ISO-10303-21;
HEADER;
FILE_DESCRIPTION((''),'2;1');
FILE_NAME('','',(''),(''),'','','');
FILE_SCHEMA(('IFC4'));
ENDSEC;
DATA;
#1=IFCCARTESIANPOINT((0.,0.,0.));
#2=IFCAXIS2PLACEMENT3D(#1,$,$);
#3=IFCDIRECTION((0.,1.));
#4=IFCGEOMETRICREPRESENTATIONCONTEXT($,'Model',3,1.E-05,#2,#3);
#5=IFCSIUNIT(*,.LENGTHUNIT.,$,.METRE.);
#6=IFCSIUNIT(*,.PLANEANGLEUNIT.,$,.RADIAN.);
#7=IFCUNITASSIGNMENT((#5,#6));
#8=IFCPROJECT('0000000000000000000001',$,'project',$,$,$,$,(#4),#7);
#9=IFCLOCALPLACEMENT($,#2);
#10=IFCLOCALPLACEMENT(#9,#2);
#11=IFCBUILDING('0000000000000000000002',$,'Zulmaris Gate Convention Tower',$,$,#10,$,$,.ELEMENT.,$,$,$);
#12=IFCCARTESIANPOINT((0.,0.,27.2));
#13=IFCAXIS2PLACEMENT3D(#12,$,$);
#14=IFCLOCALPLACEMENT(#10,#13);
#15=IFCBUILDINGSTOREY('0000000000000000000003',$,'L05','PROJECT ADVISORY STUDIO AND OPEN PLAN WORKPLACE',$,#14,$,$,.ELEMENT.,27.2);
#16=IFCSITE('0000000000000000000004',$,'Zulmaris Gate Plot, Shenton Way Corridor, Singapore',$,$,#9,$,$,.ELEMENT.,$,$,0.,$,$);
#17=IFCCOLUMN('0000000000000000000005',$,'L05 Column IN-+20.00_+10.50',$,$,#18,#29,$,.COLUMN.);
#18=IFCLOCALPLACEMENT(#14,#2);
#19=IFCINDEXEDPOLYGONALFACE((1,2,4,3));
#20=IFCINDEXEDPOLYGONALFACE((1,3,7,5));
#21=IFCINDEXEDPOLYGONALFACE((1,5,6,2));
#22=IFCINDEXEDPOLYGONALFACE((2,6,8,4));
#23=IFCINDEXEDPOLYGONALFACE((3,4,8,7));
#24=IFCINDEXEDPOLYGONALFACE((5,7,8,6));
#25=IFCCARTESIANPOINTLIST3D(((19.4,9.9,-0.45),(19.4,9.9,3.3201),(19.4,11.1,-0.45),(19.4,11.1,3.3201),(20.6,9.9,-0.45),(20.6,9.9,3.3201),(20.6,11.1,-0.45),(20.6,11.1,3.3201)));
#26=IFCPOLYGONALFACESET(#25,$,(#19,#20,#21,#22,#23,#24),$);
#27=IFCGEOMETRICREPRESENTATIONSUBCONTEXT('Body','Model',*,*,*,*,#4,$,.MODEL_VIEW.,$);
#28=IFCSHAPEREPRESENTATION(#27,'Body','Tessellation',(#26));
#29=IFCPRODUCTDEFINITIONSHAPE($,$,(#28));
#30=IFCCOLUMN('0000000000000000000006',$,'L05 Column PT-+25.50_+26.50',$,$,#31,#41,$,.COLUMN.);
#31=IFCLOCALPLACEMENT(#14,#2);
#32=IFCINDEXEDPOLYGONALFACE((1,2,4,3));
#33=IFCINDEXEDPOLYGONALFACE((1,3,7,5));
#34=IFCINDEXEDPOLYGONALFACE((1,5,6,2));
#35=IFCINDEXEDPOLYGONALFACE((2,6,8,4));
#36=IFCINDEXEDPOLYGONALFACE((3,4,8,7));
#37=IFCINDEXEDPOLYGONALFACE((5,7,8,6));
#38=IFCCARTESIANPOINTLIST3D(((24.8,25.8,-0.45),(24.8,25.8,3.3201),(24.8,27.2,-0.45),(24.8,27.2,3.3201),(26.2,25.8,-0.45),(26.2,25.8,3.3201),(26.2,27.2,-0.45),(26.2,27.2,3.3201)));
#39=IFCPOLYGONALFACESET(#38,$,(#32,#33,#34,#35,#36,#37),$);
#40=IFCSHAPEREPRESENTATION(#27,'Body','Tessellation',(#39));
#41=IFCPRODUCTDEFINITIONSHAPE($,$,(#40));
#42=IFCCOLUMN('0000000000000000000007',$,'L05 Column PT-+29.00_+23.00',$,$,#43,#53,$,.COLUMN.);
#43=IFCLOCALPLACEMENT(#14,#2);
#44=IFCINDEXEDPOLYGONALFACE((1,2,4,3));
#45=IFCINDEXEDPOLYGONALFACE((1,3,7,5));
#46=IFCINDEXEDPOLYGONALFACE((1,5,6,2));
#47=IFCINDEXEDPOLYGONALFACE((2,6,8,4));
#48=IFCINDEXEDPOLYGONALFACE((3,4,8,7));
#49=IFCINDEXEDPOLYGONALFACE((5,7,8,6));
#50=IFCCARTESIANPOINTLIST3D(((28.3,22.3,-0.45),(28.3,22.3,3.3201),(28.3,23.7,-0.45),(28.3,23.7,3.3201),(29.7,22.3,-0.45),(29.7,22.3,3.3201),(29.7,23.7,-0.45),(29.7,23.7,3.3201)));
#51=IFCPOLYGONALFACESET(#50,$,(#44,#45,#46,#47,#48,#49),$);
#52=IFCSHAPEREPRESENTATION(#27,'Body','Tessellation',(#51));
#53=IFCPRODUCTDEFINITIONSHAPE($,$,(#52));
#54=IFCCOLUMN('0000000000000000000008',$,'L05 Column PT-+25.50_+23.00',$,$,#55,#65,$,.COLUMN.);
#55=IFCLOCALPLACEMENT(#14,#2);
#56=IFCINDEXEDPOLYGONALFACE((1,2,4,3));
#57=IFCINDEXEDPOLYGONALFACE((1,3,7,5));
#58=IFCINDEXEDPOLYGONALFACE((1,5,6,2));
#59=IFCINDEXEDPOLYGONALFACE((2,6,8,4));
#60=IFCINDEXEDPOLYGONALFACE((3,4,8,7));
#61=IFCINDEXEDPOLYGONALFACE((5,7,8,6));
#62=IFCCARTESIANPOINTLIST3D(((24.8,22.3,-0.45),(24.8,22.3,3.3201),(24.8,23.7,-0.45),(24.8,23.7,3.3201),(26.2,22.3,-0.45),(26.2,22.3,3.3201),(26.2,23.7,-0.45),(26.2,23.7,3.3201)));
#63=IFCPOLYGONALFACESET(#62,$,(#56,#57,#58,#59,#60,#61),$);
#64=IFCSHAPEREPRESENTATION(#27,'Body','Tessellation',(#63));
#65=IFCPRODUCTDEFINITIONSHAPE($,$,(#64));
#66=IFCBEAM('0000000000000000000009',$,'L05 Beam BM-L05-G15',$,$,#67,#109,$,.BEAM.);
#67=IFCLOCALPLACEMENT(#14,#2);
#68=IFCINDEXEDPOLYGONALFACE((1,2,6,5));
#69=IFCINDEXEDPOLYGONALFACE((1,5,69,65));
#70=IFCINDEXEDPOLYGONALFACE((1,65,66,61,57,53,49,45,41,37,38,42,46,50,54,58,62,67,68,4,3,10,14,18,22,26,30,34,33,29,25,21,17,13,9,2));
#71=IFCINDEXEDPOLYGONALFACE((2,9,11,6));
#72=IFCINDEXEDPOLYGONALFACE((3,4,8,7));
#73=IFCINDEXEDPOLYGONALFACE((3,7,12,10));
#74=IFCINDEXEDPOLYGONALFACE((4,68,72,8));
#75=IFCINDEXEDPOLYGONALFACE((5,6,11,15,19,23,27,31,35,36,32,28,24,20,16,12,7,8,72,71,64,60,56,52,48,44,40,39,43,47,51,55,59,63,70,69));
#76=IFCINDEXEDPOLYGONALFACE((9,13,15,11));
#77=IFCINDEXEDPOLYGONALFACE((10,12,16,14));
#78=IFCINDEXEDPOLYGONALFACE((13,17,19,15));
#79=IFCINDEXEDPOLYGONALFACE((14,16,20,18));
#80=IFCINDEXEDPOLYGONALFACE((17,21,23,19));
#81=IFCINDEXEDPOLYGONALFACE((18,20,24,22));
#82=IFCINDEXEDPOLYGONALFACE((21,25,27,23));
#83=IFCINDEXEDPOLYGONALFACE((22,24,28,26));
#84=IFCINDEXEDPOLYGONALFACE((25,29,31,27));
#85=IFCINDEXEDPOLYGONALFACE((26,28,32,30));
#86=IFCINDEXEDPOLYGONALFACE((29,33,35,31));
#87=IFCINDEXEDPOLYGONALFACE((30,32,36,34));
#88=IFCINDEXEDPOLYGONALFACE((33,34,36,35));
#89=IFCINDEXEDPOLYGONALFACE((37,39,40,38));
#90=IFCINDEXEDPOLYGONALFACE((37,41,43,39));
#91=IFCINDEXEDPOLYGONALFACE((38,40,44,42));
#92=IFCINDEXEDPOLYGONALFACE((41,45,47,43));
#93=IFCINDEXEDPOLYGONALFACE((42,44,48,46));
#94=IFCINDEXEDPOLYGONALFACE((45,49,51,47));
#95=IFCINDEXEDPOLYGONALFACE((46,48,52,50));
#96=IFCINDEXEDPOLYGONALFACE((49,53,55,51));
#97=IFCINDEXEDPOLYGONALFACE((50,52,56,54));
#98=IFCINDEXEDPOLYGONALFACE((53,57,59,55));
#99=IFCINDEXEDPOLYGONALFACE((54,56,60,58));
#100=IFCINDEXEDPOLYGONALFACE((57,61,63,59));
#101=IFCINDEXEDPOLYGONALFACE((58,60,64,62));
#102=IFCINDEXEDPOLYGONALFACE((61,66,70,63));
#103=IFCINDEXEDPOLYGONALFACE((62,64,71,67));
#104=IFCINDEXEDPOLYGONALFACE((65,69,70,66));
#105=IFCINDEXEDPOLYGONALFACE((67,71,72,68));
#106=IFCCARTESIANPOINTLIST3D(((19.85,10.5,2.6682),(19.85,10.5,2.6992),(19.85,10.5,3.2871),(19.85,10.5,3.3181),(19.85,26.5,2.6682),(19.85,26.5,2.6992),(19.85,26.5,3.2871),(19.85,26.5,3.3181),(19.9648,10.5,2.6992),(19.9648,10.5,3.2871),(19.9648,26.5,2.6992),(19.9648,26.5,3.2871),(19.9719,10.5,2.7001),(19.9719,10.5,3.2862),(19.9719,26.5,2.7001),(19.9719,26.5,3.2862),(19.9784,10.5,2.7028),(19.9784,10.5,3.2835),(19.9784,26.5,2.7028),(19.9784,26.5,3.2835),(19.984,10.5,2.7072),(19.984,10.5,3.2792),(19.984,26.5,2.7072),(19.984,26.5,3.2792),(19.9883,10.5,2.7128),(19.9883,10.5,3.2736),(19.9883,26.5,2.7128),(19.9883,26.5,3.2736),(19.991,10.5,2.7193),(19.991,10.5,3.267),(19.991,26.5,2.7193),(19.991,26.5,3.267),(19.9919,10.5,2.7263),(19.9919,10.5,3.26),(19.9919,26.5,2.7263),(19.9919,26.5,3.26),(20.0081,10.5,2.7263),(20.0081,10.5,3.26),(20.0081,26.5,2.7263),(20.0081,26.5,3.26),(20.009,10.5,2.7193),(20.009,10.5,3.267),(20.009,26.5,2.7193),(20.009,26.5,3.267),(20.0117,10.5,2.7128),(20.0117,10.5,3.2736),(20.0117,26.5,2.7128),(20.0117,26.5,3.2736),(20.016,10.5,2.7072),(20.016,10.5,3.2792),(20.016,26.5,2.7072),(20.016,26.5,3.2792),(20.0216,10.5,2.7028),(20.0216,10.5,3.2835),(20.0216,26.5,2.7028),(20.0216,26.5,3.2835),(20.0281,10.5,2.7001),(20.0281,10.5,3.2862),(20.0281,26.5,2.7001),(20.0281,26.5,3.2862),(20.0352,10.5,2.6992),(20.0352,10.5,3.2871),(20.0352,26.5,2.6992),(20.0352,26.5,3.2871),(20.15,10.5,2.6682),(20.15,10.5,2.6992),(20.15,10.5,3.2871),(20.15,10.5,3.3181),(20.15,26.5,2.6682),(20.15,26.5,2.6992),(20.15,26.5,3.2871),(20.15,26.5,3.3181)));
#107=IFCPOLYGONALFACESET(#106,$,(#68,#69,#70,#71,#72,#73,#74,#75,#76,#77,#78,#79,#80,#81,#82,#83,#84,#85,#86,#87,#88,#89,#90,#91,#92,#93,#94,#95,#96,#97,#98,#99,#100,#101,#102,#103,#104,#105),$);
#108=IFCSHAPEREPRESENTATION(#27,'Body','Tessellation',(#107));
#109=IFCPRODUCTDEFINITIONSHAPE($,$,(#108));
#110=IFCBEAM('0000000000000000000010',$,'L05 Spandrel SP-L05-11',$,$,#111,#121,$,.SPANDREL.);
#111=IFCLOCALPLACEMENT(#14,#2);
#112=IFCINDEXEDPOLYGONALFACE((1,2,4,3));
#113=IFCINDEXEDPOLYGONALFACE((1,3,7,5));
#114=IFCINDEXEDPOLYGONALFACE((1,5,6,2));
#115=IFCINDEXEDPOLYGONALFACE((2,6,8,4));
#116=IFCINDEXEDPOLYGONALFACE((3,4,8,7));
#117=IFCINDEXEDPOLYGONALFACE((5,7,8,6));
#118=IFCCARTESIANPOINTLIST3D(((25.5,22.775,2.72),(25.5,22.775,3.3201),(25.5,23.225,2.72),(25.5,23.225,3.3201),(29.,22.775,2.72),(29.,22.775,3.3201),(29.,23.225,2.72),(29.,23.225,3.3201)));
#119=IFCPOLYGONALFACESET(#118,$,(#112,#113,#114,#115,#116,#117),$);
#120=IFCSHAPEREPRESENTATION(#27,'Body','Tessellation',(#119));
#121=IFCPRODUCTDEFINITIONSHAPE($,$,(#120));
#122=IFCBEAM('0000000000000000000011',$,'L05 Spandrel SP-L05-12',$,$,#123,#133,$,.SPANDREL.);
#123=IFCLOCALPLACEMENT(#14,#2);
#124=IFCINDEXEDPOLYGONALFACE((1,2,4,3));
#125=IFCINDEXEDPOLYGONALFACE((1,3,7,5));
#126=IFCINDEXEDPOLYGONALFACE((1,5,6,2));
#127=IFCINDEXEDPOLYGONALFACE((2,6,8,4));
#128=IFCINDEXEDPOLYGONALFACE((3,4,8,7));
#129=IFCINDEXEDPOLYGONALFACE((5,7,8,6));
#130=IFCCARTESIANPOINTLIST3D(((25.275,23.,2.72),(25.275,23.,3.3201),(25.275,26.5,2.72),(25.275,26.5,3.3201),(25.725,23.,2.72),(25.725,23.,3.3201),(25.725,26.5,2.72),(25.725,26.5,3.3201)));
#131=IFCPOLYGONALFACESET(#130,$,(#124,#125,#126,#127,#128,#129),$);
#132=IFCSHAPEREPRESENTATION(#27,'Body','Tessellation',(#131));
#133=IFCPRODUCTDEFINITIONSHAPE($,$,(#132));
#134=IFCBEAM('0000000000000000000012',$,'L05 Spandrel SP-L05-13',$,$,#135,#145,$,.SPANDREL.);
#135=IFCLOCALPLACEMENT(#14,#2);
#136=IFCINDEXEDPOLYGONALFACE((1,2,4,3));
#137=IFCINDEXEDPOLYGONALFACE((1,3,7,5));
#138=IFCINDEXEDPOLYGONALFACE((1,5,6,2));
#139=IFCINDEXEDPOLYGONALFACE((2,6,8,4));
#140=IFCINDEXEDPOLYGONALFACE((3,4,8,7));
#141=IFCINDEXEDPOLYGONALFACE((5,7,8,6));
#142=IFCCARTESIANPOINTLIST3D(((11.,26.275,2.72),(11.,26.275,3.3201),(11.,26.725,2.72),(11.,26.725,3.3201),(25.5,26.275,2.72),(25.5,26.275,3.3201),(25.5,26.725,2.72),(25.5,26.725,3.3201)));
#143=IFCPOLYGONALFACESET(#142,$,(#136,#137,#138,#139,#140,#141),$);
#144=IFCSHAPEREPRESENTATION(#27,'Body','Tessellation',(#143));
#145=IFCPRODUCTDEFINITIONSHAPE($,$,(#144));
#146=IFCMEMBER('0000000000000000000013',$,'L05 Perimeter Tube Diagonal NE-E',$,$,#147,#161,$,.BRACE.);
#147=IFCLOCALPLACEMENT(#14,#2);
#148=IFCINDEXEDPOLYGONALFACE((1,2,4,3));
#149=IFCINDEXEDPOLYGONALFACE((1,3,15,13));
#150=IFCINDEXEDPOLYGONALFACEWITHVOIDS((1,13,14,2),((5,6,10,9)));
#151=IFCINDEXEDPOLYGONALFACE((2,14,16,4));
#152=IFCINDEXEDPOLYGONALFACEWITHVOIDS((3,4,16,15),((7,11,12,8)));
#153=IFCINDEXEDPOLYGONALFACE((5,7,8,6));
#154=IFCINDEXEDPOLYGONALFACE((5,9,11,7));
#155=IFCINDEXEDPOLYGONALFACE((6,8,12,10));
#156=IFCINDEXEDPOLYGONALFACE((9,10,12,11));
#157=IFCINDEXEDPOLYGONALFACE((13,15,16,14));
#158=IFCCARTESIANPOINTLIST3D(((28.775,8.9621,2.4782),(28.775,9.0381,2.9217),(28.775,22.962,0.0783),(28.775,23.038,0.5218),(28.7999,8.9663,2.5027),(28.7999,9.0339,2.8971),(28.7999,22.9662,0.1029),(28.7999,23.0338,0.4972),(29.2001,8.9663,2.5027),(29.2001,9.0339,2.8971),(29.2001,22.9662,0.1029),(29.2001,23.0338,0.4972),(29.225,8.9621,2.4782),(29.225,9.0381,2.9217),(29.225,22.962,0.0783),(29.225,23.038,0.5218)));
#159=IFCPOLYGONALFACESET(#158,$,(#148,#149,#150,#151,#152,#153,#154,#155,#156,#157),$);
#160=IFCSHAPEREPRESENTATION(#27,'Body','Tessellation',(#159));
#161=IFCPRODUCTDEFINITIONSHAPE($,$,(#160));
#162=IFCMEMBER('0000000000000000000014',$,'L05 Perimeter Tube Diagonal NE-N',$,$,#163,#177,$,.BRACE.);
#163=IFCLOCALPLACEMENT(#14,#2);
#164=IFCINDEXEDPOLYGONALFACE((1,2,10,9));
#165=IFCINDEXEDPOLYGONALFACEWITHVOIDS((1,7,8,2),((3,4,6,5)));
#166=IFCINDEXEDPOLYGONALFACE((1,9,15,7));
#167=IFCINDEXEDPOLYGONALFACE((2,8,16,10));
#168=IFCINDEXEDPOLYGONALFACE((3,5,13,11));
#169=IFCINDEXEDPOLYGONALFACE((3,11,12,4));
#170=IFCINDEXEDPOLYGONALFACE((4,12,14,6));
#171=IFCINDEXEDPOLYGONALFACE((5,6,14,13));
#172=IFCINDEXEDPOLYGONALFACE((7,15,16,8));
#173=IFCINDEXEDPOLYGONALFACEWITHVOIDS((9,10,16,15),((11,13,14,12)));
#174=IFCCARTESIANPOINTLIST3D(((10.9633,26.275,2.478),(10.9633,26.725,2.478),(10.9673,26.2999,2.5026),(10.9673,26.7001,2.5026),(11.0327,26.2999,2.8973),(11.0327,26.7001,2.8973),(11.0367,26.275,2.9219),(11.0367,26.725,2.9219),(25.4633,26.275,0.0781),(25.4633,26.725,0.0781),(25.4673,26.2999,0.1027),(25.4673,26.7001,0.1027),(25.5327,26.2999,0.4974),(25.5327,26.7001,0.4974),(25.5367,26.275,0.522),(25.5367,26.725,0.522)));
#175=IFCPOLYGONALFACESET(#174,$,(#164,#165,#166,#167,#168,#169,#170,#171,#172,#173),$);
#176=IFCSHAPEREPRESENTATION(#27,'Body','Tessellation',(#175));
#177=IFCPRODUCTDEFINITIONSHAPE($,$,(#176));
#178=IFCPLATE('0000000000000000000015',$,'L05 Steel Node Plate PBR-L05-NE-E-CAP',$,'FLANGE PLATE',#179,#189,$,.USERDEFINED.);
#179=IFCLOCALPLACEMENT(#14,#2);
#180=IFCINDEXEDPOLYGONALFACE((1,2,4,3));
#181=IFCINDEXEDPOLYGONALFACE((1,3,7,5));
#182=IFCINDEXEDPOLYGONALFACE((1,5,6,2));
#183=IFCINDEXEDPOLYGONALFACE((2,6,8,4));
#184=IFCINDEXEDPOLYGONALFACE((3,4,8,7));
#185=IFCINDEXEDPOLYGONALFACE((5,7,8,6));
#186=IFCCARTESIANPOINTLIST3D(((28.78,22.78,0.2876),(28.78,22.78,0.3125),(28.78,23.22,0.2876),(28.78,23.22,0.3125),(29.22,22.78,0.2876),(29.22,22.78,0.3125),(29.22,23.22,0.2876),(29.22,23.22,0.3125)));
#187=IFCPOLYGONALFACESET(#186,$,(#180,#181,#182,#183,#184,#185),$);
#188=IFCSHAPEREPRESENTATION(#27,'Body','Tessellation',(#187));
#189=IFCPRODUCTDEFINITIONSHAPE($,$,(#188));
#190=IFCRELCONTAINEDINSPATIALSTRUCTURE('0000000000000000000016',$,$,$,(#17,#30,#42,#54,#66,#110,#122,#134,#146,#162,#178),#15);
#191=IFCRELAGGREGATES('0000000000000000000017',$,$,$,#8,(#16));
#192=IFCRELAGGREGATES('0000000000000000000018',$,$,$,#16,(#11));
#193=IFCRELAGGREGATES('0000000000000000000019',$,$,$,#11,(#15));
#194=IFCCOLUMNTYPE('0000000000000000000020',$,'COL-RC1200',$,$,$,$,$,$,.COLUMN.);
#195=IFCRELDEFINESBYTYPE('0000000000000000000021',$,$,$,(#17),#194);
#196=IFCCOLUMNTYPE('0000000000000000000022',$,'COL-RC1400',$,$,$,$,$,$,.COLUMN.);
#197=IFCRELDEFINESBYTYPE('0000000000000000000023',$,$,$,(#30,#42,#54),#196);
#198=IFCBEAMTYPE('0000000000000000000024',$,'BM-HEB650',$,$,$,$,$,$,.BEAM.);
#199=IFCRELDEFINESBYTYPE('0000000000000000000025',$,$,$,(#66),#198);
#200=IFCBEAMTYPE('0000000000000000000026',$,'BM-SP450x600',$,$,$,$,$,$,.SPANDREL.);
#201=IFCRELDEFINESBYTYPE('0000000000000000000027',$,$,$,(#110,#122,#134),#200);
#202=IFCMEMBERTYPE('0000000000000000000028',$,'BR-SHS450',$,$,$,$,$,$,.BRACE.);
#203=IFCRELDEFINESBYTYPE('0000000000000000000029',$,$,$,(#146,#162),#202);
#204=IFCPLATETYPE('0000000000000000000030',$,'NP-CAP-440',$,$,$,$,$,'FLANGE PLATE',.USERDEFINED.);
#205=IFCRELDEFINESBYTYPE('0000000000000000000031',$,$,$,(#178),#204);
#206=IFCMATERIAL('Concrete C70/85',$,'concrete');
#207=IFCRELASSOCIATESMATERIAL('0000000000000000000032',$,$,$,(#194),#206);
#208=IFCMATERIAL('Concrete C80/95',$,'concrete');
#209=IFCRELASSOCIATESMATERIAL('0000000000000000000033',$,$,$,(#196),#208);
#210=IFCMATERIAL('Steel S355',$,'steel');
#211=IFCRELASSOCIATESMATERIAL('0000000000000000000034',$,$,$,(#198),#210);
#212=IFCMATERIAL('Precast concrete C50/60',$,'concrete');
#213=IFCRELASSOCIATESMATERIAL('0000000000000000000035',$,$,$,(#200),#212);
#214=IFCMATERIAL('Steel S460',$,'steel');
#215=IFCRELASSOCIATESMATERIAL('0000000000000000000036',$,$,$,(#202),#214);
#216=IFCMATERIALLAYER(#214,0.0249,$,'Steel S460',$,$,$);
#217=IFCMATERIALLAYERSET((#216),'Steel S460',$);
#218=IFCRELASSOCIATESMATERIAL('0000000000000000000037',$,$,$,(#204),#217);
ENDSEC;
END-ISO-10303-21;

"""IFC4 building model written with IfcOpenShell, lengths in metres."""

from ifc_helpers import new_model, si_unit, direction, frame, origin, origin_2d, place, context, subcontext, project, spatial, rectangle, hollow_rectangle, i_section, extrude, material, layer, layer_set, material_profile, profile_set, type_object, element, save


model = new_model("IFC4")

# Units and contexts
model_context = context("Model", 3, precision=1e-05, world=origin(), true_north=direction((0.0, 1.0)))
body_context = subcontext(model_context, "Body", "Model", "MODEL_VIEW")
ifc_project = project(units=[si_unit("LENGTHUNIT", "METRE"), si_unit("PLANEANGLEUNIT", "RADIAN")], contexts=[model_context])

# Site, building, storey
site_placement = place(None, origin())
site = spatial("IfcSite", under=ifc_project, at=site_placement, Name="Zulmaris Gate Plot, Shenton Way Corridor, Singapore", CompositionType="ELEMENT", RefElevation=0.0)
building_placement = place(site_placement, origin())
building = spatial("IfcBuilding", under=site, at=building_placement, Name="Zulmaris Gate Convention Tower", CompositionType="ELEMENT")
storey_placement = place(building_placement, frame((0.0, 0.0, 27.2)))
storey = spatial("IfcBuildingStorey", under=building, at=storey_placement, Name="L05", Description="PROJECT ADVISORY STUDIO AND OPEN PLAN WORKPLACE", CompositionType="ELEMENT", Elevation=27.2)

# Columns
ifc_material_1 = material(Name="Concrete C70/85", Category="concrete")
ifc_material_profile_1 = material_profile(ifc_material_1, rectangle(XDim=1.2, YDim=1.2, at=origin_2d()), Name="RC COL 1200x1200")
ifc_profile_set_1 = profile_set([ifc_material_profile_1], Name="Concrete C70/85")
column_type_1 = type_object("IfcColumnType", Name="COL-RC1200", PredefinedType="COLUMN", material=ifc_profile_set_1)
column_placement = place(storey_placement, frame((20.0, 10.5, -0.45), z_axis=(0.0, 0.0, 1.0), x_axis=(1.0, 0.0, 0.0)))
element("IfcColumn", 1, at=column_placement, inside=storey, type_object=column_type_1, Name="L05 Column IN-+20.00_+10.50", PredefinedType="COLUMN", context=body_context, shape_type="SweptSolid", body=[
    extrude(rectangle(XDim=1.2, YDim=1.2, at=origin_2d()), origin(), (0.0, 0.0, 1.0), 3.77),
])
ifc_material_2 = material(Name="Concrete C80/95", Category="concrete")
ifc_material_profile_2 = material_profile(ifc_material_2, rectangle(XDim=1.3999, YDim=1.3999, at=origin_2d()), Name="RC COL 1400x1400")
ifc_profile_set_2 = profile_set([ifc_material_profile_2], Name="Concrete C80/95")
column_type_2 = type_object("IfcColumnType", Name="COL-RC1400", PredefinedType="COLUMN", material=ifc_profile_set_2)
for number, where, z_axis, x_axis, name in (
    (2, (25.5, 26.5, -0.45), (0.0, 0.0, 1.0), (1.0, 0.0, 0.0), "L05 Column PT-+25.50_+26.50"),
    (3, (29.0, 23.0, -0.45), (0.0, 0.0, 1.0), (1.0, 0.0, 0.0), "L05 Column PT-+29.00_+23.00"),
    (4, (25.5, 23.0, -0.45), (0.0, 0.0, 1.0), (1.0, 0.0, 0.0), "L05 Column PT-+25.50_+23.00"),
):
    element("IfcColumn", number, at=place(storey_placement, frame(where, z_axis=z_axis, x_axis=x_axis)), inside=storey, type_object=column_type_2, Name=name, PredefinedType="COLUMN", context=body_context, shape_type="SweptSolid", body=[
        extrude(rectangle(XDim=1.3999, YDim=1.3999, at=origin_2d()), origin(), (0.0, 0.0, 1.0), 3.77),
    ])

# Beams
ifc_material_3 = material(Name="Steel S355", Category="steel")
ifc_material_profile_3 = material_profile(ifc_material_3, i_section(OverallWidth=0.3, OverallDepth=0.6499, WebThickness=0.0161, FlangeThickness=0.031, FilletRadius=0.0271, at=origin_2d()), Name="HEB 650")
ifc_profile_set_3 = profile_set([ifc_material_profile_3], Name="Steel S355")
beam_type_1 = type_object("IfcBeamType", Name="BM-HEB650", PredefinedType="BEAM", material=ifc_profile_set_3)
beam_1_placement = place(storey_placement, frame((20.0, 10.5, 2.9932), z_axis=(0.0, 1.0, 0.0), x_axis=(-1.0, 0.0, 0.0)))
element("IfcBeam", 5, at=beam_1_placement, inside=storey, type_object=beam_type_1, Name="L05 Beam BM-L05-G15", PredefinedType="BEAM", context=body_context, shape_type="SweptSolid", body=[
    extrude(i_section(OverallWidth=0.3, OverallDepth=0.6499, WebThickness=0.0161, FlangeThickness=0.031, FilletRadius=0.0271, at=origin_2d()), origin(), (0.0, 0.0, 1.0), 16.0),
])
ifc_material_4 = material(Name="Precast concrete C50/60", Category="concrete")
ifc_material_profile_4 = material_profile(ifc_material_4, rectangle(XDim=0.45, YDim=0.6001, at=origin_2d()), Name="RC SPANDREL 450x600")
ifc_profile_set_4 = profile_set([ifc_material_profile_4], Name="Precast concrete C50/60")
beam_type_2 = type_object("IfcBeamType", Name="BM-SP450x600", PredefinedType="SPANDREL", material=ifc_profile_set_4)
for number, where, z_axis, x_axis, name in (
    (6, (29.0, 23.0, 3.02), (-1.0, 0.0, 0.0), (0.0, -1.0, 0.0), "L05 Spandrel SP-L05-11"),
    (7, (25.5, 23.0, 3.02), (0.0, 1.0, 0.0), (-1.0, 0.0, 0.0), "L05 Spandrel SP-L05-12"),
):
    element("IfcBeam", number, at=place(storey_placement, frame(where, z_axis=z_axis, x_axis=x_axis)), inside=storey, type_object=beam_type_2, Name=name, PredefinedType="SPANDREL", context=body_context, shape_type="SweptSolid", body=[
        extrude(rectangle(XDim=0.45, YDim=0.6001, at=origin_2d()), origin(), (0.0, 0.0, 1.0), 3.5),
    ])
beam_2_placement = place(storey_placement, frame((25.5, 26.5, 3.02), z_axis=(-1.0, 0.0, 0.0), x_axis=(0.0, -1.0, 0.0)))
element("IfcBeam", 8, at=beam_2_placement, inside=storey, type_object=beam_type_2, Name="L05 Spandrel SP-L05-13", PredefinedType="SPANDREL", context=body_context, shape_type="SweptSolid", body=[
    extrude(rectangle(XDim=0.45, YDim=0.6001, at=origin_2d()), origin(), (0.0, 0.0, 1.0), 14.5),
])

# Members
ifc_material_5 = material(Name="Steel S460", Category="steel")
ifc_material_profile_5 = material_profile(ifc_material_5, hollow_rectangle(XDim=0.45, YDim=0.45, WallThickness=0.0249, at=origin_2d()), Name="SHS 450x450x25")
ifc_profile_set_5 = profile_set([ifc_material_profile_5], Name="Steel S460")
member_type = type_object("IfcMemberType", Name="BR-SHS450", PredefinedType="BRACE", material=ifc_profile_set_5)
member_1_placement = place(storey_placement, frame((29.0, 23.0, 0.3), z_axis=(0.0, -0.985623, 0.168957), x_axis=(1.0, 0.0, 0.0)))
element("IfcMember", 9, at=member_1_placement, inside=storey, type_object=member_type, Name="L05 Perimeter Tube Diagonal NE-E", PredefinedType="BRACE", context=body_context, shape_type="SweptSolid", body=[
    extrude(hollow_rectangle(XDim=0.45, YDim=0.45, WallThickness=0.0249, at=origin_2d()), origin(), (0.0, 0.0, 1.0), 14.2041),
])
member_2_placement = place(storey_placement, frame((25.5, 26.5, 0.3), z_axis=(-0.986578, 0.0, 0.163289), x_axis=(0.0, -1.0, 0.0)))
element("IfcMember", 10, at=member_2_placement, inside=storey, type_object=member_type, Name="L05 Perimeter Tube Diagonal NE-N", PredefinedType="BRACE", context=body_context, shape_type="SweptSolid", body=[
    extrude(hollow_rectangle(XDim=0.45, YDim=0.45, WallThickness=0.0249, at=origin_2d()), origin(), (0.0, 0.0, 1.0), 14.6973),
])

# Plate
ifc_layer_1 = layer(ifc_material_5, 0.0249, Name="Steel S460")
ifc_layer_set_1 = layer_set([ifc_layer_1], Name="Steel S460")
plate_type = type_object("IfcPlateType", Name="NP-CAP-440", ElementType="FLANGE PLATE", PredefinedType="USERDEFINED", material=ifc_layer_set_1)
for number, where, z_axis, x_axis, name in (
    (11, (29.0, 23.0, 0.2876), (0.0, 0.0, 1.0), (1.0, 0.0, 0.0), "L05 Steel Node Plate PBR-L05-NE-E-CAP"),
):
    element("IfcPlate", number, at=place(storey_placement, frame(where, z_axis=z_axis, x_axis=x_axis)), inside=storey, type_object=plate_type, Name=name, ObjectType="FLANGE PLATE", PredefinedType="USERDEFINED", context=body_context, shape_type="SweptSolid", body=[
        extrude(rectangle(XDim=0.4399, YDim=0.4399, at=origin_2d()), origin(), (0.0, 0.0, 1.0), 0.0249),
    ])

save(model, "model.ifc")
